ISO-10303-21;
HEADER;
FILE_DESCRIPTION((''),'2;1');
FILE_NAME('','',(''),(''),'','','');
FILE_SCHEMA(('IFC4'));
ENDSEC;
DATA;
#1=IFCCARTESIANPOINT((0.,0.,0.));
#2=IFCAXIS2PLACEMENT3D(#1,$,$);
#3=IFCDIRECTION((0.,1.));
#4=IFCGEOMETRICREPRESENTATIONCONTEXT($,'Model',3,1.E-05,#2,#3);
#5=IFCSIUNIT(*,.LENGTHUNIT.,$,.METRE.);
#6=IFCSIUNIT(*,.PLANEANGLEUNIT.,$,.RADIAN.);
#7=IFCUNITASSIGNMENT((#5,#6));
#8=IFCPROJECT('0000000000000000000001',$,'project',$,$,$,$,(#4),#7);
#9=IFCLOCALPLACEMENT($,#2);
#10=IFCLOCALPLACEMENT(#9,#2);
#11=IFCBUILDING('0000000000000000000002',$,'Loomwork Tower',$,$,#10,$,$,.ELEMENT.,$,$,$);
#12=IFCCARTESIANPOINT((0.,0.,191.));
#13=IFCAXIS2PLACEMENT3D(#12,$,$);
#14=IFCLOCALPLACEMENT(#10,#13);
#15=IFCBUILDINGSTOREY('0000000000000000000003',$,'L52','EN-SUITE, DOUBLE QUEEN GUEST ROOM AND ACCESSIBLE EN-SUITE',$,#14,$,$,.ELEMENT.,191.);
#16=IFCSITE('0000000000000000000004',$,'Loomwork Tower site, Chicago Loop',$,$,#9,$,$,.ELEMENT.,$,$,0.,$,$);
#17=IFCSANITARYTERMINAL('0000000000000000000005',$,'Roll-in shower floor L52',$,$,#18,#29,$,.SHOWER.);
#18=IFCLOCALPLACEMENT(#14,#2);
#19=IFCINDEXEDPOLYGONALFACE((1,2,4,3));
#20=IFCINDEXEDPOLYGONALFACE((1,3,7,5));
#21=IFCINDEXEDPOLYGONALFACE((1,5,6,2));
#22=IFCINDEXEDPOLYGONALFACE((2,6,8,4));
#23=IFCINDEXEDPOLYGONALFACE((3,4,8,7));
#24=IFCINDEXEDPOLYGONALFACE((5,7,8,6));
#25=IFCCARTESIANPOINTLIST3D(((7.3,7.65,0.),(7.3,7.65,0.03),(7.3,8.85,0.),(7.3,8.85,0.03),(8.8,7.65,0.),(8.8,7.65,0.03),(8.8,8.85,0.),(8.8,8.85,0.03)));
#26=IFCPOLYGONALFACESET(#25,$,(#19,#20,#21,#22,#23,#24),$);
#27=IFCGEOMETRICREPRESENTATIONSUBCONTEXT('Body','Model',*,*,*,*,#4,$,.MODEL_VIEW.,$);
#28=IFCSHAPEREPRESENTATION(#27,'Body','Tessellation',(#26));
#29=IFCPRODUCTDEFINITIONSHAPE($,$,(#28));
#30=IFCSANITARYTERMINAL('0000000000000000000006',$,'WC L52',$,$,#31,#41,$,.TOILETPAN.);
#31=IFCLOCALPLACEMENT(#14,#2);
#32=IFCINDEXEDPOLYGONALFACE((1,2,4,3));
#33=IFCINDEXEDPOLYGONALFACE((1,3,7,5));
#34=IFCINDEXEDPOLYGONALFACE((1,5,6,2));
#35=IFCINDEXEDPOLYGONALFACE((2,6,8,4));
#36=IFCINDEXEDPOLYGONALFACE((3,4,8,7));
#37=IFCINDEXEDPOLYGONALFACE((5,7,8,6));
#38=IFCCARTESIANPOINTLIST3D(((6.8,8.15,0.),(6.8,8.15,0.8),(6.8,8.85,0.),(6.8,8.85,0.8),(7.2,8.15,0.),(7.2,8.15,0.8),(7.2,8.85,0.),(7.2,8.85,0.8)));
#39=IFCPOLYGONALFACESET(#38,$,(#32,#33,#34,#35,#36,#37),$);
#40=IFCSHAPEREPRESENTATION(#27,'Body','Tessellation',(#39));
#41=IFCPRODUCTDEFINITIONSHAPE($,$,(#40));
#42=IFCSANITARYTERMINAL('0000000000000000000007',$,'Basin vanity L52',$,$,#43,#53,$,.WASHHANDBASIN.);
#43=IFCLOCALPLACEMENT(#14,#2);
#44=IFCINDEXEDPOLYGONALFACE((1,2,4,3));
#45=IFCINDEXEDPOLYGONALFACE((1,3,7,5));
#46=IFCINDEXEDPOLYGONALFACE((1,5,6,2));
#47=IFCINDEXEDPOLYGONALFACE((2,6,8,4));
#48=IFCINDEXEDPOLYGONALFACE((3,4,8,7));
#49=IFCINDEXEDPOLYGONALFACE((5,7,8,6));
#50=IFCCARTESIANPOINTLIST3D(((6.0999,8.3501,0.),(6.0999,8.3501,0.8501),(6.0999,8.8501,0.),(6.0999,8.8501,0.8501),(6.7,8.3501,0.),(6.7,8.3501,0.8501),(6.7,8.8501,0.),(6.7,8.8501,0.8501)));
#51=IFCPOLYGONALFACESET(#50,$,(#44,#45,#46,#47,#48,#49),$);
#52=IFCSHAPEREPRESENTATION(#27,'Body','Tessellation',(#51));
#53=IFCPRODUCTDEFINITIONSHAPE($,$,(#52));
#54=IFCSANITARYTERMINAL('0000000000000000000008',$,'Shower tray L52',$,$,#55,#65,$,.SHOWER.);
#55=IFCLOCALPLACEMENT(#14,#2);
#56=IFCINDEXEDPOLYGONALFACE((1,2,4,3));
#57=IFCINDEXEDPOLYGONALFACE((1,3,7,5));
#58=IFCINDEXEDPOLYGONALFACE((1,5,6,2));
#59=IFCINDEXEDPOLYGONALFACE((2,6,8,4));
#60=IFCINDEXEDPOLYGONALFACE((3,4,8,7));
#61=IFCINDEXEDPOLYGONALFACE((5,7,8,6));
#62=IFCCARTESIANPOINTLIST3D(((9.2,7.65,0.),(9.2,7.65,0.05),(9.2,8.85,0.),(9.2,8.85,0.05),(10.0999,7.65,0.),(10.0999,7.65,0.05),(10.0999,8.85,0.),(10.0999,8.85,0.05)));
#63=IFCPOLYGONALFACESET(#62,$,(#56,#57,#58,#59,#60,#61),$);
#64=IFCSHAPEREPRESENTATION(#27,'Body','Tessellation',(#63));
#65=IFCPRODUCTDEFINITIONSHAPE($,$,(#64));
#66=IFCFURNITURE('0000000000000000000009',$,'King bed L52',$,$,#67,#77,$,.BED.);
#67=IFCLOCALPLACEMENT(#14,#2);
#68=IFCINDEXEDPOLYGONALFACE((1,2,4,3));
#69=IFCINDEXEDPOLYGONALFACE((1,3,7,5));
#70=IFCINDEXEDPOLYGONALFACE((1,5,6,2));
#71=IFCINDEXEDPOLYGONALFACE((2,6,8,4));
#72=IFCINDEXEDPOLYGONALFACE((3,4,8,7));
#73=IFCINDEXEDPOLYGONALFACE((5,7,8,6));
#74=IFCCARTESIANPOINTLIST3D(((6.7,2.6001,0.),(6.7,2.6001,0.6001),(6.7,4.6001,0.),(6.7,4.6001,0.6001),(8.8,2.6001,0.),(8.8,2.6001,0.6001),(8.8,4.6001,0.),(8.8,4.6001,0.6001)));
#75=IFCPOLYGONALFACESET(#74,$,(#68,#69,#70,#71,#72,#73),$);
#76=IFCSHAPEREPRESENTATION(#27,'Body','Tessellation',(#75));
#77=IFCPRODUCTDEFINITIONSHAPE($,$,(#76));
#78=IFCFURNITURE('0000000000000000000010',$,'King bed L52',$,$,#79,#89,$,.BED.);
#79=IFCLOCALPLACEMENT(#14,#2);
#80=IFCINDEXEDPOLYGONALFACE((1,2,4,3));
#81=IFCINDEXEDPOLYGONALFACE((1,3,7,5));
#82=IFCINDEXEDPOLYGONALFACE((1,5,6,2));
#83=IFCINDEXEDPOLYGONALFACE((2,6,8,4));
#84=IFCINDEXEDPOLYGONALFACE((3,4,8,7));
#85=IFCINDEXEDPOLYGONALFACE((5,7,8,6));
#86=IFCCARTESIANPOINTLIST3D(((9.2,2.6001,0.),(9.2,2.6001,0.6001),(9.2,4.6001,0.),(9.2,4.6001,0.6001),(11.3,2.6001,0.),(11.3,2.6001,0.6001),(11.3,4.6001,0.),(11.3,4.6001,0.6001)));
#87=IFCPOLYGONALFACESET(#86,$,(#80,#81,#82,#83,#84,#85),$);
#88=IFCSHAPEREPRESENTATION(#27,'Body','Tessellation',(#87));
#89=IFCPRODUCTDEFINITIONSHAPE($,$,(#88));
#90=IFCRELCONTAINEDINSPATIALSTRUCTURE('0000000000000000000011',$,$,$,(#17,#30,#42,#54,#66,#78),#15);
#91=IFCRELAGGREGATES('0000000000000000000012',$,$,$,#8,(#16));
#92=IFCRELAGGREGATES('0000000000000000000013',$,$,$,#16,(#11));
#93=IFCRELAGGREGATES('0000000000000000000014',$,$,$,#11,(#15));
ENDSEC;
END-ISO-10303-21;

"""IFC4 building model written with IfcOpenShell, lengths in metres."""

from ifc_helpers import new_model, si_unit, direction, frame, origin, origin_2d, place, context, subcontext, project, spatial, rectangle, extrude, element, save


model = new_model("IFC4")

# Units and contexts
model_context = context("Model", 3, precision=1e-05, world=origin(), true_north=direction((0.0, 1.0)))
body_context = subcontext(model_context, "Body", "Model", "MODEL_VIEW")
ifc_project = project(units=[si_unit("LENGTHUNIT", "METRE"), si_unit("PLANEANGLEUNIT", "RADIAN")], contexts=[model_context])

# Site, building, storey
site_placement = place(None, origin())
site = spatial("IfcSite", under=ifc_project, at=site_placement, Name="Loomwork Tower site, Chicago Loop", CompositionType="ELEMENT", RefElevation=0.0)
building_placement = place(site_placement, origin())
building = spatial("IfcBuilding", under=site, at=building_placement, Name="Loomwork Tower", CompositionType="ELEMENT")
storey_placement = place(building_placement, frame((0.0, 0.0, 191.0)))
storey = spatial("IfcBuildingStorey", under=building, at=storey_placement, Name="L52", Description="EN-SUITE, DOUBLE QUEEN GUEST ROOM AND ACCESSIBLE EN-SUITE", CompositionType="ELEMENT", Elevation=191.0)

# Sanitary terminals
sanitary_terminal_1_placement = place(storey_placement, frame((8.05, 8.25, 0.0), z_axis=(0.0, 0.0, 1.0), x_axis=(1.0, 0.0, 0.0)))
element("IfcSanitaryTerminal", 1, at=sanitary_terminal_1_placement, inside=storey, Name="Roll-in shower floor L52", PredefinedType="SHOWER", context=body_context, shape_type="SweptSolid", body=[
    extrude(rectangle(XDim=1.5, YDim=1.2, at=origin_2d()), origin(), (0.0, 0.0, 1.0), 0.03),
])
sanitary_terminal_2_placement = place(storey_placement, frame((7.0, 8.5, 0.0), z_axis=(0.0, 0.0, 1.0), x_axis=(1.0, 0.0, 0.0)))
element("IfcSanitaryTerminal", 2, at=sanitary_terminal_2_placement, inside=storey, Name="WC L52", PredefinedType="TOILETPAN", context=body_context, shape_type="SweptSolid", body=[
    extrude(rectangle(XDim=0.3999, YDim=0.7, at=origin_2d()), origin(), (0.0, 0.0, 1.0), 0.8),
])
sanitary_terminal_3_placement = place(storey_placement, frame((6.3999, 8.6001, 0.0), z_axis=(0.0, 0.0, 1.0), x_axis=(1.0, 0.0, 0.0)))
element("IfcSanitaryTerminal", 3, at=sanitary_terminal_3_placement, inside=storey, Name="Basin vanity L52", PredefinedType="WASHHANDBASIN", context=body_context, shape_type="SweptSolid", body=[
    extrude(rectangle(XDim=0.6001, YDim=0.5, at=origin_2d()), origin(), (0.0, 0.0, 1.0), 0.8501),
])
sanitary_terminal_4_placement = place(storey_placement, frame((9.6499, 8.25, 0.0), z_axis=(0.0, 0.0, 1.0), x_axis=(1.0, 0.0, 0.0)))
element("IfcSanitaryTerminal", 4, at=sanitary_terminal_4_placement, inside=storey, Name="Shower tray L52", PredefinedType="SHOWER", context=body_context, shape_type="SweptSolid", body=[
    extrude(rectangle(XDim=0.8999, YDim=1.2, at=origin_2d()), origin(), (0.0, 0.0, 1.0), 0.05),
])

# Furniture
for number, where, z_axis, x_axis, name in (
    (5, (7.75, 3.6001, 0.0), (0.0, 0.0, 1.0), (1.0, 0.0, 0.0), "King bed L52"),
    (6, (10.25, 3.6001, 0.0), (0.0, 0.0, 1.0), (1.0, 0.0, 0.0), "King bed L52"),
):
    element("IfcFurniture", number, at=place(storey_placement, frame(where, z_axis=z_axis, x_axis=x_axis)), inside=storey, Name=name, PredefinedType="BED", context=body_context, shape_type="SweptSolid", body=[
        extrude(rectangle(XDim=2.1001, YDim=2.0, at=origin_2d()), origin(), (0.0, 0.0, 1.0), 0.6001),
    ])

save(model, "model.ifc")
